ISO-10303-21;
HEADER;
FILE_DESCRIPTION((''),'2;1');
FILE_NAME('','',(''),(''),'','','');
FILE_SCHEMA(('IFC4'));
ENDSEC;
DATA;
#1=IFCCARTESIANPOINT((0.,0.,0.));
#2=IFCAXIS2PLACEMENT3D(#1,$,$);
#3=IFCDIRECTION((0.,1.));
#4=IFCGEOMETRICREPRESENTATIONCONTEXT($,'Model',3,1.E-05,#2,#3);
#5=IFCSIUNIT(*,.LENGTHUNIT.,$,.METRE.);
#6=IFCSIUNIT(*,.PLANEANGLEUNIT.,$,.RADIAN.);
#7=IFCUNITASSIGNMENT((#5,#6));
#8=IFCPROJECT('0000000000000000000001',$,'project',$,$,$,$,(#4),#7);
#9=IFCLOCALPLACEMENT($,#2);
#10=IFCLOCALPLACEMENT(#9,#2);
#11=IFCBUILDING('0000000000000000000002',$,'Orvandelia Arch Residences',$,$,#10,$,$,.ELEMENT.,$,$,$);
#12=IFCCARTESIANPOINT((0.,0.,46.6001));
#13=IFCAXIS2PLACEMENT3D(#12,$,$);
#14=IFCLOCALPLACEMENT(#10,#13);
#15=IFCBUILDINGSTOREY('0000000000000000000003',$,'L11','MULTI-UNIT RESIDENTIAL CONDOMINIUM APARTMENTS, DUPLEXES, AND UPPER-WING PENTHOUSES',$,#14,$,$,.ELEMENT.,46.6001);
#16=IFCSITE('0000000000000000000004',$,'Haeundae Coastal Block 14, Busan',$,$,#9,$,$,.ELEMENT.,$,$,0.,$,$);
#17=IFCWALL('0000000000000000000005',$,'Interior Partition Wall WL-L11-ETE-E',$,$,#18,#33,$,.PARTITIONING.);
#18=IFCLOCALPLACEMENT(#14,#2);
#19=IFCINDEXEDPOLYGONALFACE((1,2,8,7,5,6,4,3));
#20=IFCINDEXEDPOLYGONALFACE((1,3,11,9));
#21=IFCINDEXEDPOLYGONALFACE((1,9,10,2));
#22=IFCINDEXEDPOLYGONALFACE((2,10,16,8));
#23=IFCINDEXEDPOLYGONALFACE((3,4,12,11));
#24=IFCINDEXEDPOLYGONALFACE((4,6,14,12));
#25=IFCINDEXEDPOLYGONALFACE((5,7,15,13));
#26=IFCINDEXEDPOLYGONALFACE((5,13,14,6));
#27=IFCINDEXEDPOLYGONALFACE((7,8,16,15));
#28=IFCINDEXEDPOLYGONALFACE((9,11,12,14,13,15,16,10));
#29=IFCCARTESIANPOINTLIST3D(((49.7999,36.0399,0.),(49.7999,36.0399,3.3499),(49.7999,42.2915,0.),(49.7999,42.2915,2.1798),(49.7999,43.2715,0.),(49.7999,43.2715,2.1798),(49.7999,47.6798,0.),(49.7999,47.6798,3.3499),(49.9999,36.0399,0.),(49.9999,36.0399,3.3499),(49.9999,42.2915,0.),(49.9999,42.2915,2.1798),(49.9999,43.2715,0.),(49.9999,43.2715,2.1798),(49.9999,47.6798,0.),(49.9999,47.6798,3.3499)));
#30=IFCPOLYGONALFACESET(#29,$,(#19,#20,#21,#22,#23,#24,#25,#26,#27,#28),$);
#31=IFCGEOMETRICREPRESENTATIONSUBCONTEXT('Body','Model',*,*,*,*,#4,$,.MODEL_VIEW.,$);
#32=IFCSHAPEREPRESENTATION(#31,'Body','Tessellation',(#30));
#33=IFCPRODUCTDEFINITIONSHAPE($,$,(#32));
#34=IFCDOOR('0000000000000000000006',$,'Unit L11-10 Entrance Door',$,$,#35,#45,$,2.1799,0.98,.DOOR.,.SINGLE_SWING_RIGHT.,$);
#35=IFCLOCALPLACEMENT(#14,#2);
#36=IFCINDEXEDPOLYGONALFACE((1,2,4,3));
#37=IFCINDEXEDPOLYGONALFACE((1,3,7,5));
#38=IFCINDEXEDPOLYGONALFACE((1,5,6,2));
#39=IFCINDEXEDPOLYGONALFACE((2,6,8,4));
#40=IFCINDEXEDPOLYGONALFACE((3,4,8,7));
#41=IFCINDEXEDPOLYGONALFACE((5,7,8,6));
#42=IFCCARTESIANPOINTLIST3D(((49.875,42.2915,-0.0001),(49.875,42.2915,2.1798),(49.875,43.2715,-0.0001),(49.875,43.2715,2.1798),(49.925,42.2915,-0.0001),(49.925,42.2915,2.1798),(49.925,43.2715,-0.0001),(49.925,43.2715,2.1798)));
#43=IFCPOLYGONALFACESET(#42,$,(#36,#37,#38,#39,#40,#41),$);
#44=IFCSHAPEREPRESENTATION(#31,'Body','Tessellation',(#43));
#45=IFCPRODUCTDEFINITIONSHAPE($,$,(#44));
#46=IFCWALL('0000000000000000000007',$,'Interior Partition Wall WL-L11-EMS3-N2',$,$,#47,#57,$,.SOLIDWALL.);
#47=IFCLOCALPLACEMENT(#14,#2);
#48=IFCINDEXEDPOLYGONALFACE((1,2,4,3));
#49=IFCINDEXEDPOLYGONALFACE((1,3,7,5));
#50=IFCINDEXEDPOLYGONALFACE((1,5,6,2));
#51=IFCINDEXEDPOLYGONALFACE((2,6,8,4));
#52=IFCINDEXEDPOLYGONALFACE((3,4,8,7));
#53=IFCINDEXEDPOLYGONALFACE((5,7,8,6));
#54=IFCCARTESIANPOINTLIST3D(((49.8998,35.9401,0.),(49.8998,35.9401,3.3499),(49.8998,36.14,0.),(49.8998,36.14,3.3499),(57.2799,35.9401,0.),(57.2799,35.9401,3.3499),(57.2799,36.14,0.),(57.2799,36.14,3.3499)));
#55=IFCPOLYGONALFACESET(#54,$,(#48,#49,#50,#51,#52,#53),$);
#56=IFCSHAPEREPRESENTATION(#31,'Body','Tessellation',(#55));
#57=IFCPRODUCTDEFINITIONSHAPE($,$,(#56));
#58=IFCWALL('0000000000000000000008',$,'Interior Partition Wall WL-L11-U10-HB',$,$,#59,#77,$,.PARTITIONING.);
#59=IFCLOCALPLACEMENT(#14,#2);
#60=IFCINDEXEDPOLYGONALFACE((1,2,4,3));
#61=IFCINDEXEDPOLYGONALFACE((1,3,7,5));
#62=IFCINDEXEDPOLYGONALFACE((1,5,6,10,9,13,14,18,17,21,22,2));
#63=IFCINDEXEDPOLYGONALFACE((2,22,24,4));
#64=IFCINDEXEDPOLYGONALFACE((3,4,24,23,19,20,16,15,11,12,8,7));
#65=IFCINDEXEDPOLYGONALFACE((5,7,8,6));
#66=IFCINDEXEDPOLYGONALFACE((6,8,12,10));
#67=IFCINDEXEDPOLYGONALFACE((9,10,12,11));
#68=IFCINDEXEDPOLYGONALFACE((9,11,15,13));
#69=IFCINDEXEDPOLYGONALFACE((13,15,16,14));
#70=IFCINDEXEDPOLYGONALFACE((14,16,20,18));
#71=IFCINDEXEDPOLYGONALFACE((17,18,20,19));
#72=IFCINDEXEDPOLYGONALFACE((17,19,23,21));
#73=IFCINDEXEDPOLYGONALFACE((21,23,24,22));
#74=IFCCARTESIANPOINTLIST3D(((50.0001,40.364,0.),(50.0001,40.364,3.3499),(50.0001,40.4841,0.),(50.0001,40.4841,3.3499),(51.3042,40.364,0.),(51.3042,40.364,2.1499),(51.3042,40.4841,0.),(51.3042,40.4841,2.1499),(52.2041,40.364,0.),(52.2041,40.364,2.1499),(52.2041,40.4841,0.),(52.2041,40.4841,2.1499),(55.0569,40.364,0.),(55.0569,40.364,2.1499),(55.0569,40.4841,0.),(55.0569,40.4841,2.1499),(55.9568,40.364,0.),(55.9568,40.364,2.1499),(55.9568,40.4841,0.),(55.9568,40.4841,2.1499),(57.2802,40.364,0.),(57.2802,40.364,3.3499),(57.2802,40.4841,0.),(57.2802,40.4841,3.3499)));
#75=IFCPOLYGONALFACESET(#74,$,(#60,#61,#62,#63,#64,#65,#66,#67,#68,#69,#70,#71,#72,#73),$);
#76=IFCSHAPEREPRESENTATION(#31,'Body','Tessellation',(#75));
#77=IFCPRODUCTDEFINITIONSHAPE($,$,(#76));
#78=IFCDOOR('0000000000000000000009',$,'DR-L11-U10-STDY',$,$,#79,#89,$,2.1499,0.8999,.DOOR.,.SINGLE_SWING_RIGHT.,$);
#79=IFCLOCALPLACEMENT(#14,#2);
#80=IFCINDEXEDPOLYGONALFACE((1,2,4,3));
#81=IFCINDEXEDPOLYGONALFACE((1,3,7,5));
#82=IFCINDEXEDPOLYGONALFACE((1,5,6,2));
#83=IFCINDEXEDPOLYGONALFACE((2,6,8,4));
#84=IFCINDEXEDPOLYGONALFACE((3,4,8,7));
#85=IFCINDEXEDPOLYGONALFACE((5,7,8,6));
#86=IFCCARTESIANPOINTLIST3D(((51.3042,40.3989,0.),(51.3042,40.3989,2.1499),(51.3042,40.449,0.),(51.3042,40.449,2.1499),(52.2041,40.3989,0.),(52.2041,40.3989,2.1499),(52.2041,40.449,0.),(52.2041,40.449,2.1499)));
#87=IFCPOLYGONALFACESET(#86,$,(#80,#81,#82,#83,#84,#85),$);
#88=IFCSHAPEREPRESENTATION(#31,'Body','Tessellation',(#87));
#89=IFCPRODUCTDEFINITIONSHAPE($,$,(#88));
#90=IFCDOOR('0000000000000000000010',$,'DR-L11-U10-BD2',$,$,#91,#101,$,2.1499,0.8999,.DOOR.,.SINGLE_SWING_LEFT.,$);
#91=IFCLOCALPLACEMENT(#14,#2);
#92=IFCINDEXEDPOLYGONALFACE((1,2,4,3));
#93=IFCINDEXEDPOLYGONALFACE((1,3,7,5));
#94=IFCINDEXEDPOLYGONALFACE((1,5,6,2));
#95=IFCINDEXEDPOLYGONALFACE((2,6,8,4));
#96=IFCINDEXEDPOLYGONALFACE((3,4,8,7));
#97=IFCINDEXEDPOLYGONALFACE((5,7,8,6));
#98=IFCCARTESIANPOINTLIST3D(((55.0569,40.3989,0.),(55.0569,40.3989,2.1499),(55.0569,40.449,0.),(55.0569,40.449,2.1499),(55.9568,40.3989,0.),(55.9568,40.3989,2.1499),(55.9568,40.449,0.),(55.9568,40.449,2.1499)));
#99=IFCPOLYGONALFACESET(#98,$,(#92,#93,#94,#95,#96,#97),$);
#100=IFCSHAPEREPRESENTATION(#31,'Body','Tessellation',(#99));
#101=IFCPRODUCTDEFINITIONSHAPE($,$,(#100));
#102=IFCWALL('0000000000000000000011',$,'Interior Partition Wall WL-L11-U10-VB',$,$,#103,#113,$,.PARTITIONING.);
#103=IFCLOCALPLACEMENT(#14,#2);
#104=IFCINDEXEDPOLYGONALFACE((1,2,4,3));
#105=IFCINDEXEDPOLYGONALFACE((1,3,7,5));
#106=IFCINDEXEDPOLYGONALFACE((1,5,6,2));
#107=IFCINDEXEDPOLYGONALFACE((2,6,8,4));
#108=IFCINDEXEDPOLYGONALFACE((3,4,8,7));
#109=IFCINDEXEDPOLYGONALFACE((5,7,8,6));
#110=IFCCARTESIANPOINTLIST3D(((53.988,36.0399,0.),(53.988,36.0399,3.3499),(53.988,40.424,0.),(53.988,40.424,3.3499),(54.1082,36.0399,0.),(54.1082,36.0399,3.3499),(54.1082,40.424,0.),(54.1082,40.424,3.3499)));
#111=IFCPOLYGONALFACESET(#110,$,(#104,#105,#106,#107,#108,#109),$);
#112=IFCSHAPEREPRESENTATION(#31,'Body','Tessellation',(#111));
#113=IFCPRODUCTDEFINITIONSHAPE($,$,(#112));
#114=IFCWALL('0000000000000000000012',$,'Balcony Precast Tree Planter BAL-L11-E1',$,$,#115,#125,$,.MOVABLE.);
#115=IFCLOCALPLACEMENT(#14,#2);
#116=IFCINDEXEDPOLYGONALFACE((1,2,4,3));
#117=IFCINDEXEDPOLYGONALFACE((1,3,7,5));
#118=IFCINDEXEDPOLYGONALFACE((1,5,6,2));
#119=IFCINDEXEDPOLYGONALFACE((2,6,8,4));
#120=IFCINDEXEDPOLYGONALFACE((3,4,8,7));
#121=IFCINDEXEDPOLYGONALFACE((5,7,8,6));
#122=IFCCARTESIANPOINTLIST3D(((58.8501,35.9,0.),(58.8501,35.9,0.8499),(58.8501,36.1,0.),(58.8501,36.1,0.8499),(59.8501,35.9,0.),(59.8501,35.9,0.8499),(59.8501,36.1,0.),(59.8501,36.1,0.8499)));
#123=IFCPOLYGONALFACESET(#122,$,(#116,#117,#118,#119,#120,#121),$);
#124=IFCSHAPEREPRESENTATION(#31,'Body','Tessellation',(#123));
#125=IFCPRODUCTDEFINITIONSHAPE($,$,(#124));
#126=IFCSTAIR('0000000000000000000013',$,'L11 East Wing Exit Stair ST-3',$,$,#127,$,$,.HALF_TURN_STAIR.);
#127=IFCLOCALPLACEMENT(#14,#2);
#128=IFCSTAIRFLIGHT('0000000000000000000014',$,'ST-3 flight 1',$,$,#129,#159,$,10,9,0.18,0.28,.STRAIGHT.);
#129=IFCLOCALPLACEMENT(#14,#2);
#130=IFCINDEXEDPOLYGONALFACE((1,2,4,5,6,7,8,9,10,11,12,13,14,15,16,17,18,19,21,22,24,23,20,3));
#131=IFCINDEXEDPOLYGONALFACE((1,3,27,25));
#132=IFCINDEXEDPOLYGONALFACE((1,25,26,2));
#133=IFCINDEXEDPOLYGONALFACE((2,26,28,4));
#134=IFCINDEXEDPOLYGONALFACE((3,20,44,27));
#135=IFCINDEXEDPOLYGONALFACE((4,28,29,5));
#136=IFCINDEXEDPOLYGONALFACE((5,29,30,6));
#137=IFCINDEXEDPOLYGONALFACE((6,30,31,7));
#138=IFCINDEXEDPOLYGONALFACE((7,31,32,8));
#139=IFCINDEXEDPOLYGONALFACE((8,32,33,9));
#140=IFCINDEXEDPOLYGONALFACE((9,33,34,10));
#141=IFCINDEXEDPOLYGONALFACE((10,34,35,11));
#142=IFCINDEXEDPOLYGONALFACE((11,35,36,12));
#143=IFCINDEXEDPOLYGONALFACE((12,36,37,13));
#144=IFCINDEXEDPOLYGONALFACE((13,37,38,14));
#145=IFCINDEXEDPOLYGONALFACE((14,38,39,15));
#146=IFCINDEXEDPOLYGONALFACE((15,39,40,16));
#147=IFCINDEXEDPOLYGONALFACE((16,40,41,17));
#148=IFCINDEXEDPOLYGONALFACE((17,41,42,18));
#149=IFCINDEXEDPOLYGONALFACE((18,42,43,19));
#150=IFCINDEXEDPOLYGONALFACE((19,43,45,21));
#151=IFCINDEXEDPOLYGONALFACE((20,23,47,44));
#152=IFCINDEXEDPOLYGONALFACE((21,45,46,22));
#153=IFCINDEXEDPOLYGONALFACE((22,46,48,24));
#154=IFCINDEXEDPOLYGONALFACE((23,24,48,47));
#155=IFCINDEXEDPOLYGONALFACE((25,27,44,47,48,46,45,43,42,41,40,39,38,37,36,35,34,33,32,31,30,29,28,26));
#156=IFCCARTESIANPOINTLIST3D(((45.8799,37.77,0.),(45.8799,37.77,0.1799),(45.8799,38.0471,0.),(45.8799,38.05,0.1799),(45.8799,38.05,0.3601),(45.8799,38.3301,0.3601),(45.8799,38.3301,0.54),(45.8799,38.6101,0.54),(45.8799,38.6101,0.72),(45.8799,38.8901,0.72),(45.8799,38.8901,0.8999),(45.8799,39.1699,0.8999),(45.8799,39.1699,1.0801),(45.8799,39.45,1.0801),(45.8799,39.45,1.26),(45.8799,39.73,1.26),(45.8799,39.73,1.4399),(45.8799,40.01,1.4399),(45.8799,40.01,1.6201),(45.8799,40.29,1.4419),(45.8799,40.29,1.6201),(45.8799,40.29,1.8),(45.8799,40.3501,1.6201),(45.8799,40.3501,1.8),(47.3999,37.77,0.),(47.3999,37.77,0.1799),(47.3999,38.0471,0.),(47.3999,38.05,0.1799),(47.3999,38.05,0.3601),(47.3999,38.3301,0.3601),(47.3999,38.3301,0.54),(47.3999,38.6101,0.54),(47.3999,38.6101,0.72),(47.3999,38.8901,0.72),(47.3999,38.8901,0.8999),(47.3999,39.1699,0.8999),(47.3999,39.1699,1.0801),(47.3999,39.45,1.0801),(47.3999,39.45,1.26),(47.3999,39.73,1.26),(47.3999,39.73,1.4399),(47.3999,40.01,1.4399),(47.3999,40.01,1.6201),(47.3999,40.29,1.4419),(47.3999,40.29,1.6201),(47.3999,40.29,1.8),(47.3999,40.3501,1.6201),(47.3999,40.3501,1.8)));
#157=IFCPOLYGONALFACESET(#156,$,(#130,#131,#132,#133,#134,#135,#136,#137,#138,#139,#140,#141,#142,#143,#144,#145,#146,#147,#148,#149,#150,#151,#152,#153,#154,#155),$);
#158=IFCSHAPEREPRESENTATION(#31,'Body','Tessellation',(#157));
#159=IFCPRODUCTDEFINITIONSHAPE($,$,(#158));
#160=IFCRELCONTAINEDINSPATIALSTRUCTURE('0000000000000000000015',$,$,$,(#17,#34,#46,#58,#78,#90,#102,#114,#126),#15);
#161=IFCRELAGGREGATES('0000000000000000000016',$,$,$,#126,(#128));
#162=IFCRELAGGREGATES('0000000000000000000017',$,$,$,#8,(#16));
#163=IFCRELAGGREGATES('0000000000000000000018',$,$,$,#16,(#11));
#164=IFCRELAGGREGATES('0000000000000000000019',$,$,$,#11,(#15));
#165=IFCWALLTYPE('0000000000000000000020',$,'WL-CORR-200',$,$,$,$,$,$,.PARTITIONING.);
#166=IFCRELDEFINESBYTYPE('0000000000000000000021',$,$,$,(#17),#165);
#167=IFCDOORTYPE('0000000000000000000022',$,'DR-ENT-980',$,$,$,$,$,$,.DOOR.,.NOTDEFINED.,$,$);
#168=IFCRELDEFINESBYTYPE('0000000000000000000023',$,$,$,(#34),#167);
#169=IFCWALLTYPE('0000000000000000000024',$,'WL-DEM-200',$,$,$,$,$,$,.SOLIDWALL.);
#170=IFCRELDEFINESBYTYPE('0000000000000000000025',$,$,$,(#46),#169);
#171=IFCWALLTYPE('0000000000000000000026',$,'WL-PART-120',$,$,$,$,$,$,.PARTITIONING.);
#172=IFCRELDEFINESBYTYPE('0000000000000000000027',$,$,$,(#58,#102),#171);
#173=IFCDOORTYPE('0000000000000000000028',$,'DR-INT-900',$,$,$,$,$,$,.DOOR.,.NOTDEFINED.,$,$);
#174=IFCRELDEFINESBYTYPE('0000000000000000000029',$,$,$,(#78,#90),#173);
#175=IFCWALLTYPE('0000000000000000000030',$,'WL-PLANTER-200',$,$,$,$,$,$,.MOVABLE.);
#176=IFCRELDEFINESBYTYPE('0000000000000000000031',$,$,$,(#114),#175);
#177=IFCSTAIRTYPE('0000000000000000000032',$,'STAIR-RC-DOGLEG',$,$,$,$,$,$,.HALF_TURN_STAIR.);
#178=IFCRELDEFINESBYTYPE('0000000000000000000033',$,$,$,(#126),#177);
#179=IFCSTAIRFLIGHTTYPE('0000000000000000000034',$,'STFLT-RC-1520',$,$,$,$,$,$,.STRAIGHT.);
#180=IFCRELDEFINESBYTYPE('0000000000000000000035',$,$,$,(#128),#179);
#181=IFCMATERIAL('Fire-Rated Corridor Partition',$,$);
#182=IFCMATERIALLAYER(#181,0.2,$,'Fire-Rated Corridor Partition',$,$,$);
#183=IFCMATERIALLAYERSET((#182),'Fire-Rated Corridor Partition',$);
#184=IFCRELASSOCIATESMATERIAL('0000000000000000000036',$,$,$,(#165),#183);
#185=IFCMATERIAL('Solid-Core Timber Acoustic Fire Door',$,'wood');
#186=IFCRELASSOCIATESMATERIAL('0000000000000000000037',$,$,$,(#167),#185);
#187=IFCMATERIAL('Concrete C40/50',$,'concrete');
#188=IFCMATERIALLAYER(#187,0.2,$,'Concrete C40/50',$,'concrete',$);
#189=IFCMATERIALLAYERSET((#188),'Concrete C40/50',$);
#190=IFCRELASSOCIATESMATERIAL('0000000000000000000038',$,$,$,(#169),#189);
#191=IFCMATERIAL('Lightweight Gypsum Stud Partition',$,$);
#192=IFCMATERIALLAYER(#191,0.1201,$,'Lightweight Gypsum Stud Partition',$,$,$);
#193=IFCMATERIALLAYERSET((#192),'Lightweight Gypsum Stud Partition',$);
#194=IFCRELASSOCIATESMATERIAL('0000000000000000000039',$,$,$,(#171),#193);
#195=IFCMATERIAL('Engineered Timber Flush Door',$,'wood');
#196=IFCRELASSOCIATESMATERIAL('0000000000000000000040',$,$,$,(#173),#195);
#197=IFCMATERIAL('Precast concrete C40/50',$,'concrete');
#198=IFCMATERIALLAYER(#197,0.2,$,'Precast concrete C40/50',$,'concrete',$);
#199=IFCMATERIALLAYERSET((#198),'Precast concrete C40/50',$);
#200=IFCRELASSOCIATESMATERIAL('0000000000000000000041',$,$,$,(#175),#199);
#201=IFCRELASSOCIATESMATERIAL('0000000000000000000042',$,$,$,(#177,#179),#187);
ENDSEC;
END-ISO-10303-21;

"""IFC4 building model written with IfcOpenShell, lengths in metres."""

from ifc_helpers import new_model, si_unit, direction, frame, frame_2d, origin, place, context, subcontext, project, spatial, polyline, rectangle, outline, extrude, material, layer, layer_set, type_object, element, fill, aggregate, save


model = new_model("IFC4")

# Units and contexts
model_context = context("Model", 3, precision=1e-05, world=origin(), true_north=direction((0.0, 1.0)))
body_context = subcontext(model_context, "Body", "Model", "MODEL_VIEW")
ifc_project = project(units=[si_unit("LENGTHUNIT", "METRE"), si_unit("PLANEANGLEUNIT", "RADIAN")], contexts=[model_context])

# Site, building, storey
site_placement = place(None, origin())
site = spatial("IfcSite", under=ifc_project, at=site_placement, Name="Haeundae Coastal Block 14, Busan", CompositionType="ELEMENT", RefElevation=0.0)
building_placement = place(site_placement, origin())
building = spatial("IfcBuilding", under=site, at=building_placement, Name="Orvandelia Arch Residences", CompositionType="ELEMENT")
storey_placement = place(building_placement, frame((0.0, 0.0, 46.6001)))
storey = spatial("IfcBuildingStorey", under=building, at=storey_placement, Name="L11", Description="MULTI-UNIT RESIDENTIAL CONDOMINIUM APARTMENTS, DUPLEXES, AND UPPER-WING PENTHOUSES", CompositionType="ELEMENT", Elevation=46.6001)

# Wall, opening, door
ifc_material_1 = material(Name="Fire-Rated Corridor Partition")
ifc_layer_1 = layer(ifc_material_1, 0.2, Name="Fire-Rated Corridor Partition")
ifc_layer_set_1 = layer_set([ifc_layer_1], Name="Fire-Rated Corridor Partition")
wall_type_1 = type_object("IfcWallType", Name="WL-CORR-200", PredefinedType="PARTITIONING", material=ifc_layer_set_1)
wall_1_placement = place(storey_placement, frame((49.8999, 36.04, 0.0), z_axis=(0.0, 0.0, 1.0), x_axis=(0.0, 1.0, 0.0)))
wall_1 = element("IfcWall", 1, at=wall_1_placement, inside=storey, type_object=wall_type_1, Name="Interior Partition Wall WL-L11-ETE-E", PredefinedType="PARTITIONING", context=body_context, shape_type="SweptSolid", body=[
    extrude(rectangle(XDim=11.6399, YDim=0.2, at=frame_2d((5.8198, 0.0))), origin(), (0.0, 0.0, 1.0), 3.3499),
])
opening_1_placement = place(wall_1_placement, frame((6.2515, 0.0, 0.0)))
opening_1 = element("IfcOpeningElement", 2, at=opening_1_placement, cuts=wall_1, PredefinedType="OPENING", context=body_context, shape_type="SweptSolid", body=[
    extrude(rectangle(XDim=0.98, YDim=2.1799, at=frame_2d((0.49, 1.0898))), frame((0.0, 0.1099, 0.0), z_axis=(0.0, -1.0, 0.0), x_axis=(1.0, 0.0, 0.0)), (0.0, 0.0, 1.0), 0.22),
])
ifc_material_2 = material(Name="Solid-Core Timber Acoustic Fire Door", Category="wood")
door_type_1 = type_object("IfcDoorType", Name="DR-ENT-980", OperationType="NOTDEFINED", PredefinedType="DOOR", material=ifc_material_2)
door_1_placement = place(opening_1_placement, origin())
door_1 = element("IfcDoor", 3, at=door_1_placement, inside=storey, type_object=door_type_1, Name="Unit L11-10 Entrance Door", OperationType="SINGLE_SWING_RIGHT", OverallHeight=2.1799, OverallWidth=0.98, PredefinedType="DOOR", context=body_context, shape_type="SweptSolid", body=[
    extrude(rectangle(XDim=0.98, YDim=2.1799, at=frame_2d((0.49, 1.0898))), frame((0.0, 0.0249, 0.0), z_axis=(0.0, -1.0, 0.0), x_axis=(1.0, 0.0, 0.0)), (0.0, 0.0, 1.0), 0.05),
])
fill(opening_1, door_1)

# Wall
ifc_material_3 = material(Name="Concrete C40/50", Category="concrete")
ifc_layer_2 = layer(ifc_material_3, 0.2, Name="Concrete C40/50", Category="concrete")
ifc_layer_set_2 = layer_set([ifc_layer_2], Name="Concrete C40/50")
wall_type_2 = type_object("IfcWallType", Name="WL-DEM-200", PredefinedType="SOLIDWALL", material=ifc_layer_set_2)
wall_2_placement = place(storey_placement, frame((49.8999, 36.04, 0.0), z_axis=(0.0, 0.0, 1.0), x_axis=(1.0, 0.0, 0.0)))
element("IfcWall", 4, at=wall_2_placement, inside=storey, type_object=wall_type_2, Name="Interior Partition Wall WL-L11-EMS3-N2", PredefinedType="SOLIDWALL", context=body_context, shape_type="SweptSolid", body=[
    extrude(rectangle(XDim=7.3801, YDim=0.2, at=frame_2d((3.6899, 0.0))), origin(), (0.0, 0.0, 1.0), 3.3499),
])

# Wall, openings, doors
ifc_material_4 = material(Name="Lightweight Gypsum Stud Partition")
ifc_layer_3 = layer(ifc_material_4, 0.1201, Name="Lightweight Gypsum Stud Partition")
ifc_layer_set_3 = layer_set([ifc_layer_3], Name="Lightweight Gypsum Stud Partition")
wall_type_3 = type_object("IfcWallType", Name="WL-PART-120", PredefinedType="PARTITIONING", material=ifc_layer_set_3)
wall_3_placement = place(storey_placement, frame((50.0, 40.4241, 0.0), z_axis=(0.0, 0.0, 1.0), x_axis=(1.0, 0.0, 0.0)))
wall_3 = element("IfcWall", 5, at=wall_3_placement, inside=storey, type_object=wall_type_3, Name="Interior Partition Wall WL-L11-U10-HB", PredefinedType="PARTITIONING", context=body_context, shape_type="SweptSolid", body=[
    extrude(rectangle(XDim=7.28, YDim=0.1201, at=frame_2d((3.6401, 0.0))), origin(), (0.0, 0.0, 1.0), 3.3499),
])
opening_2_placement = place(wall_3_placement, frame((1.3042, 0.0, 0.0)))
opening_2 = element("IfcOpeningElement", 6, at=opening_2_placement, cuts=wall_3, PredefinedType="OPENING", context=body_context, shape_type="SweptSolid", body=[
    extrude(rectangle(XDim=0.8999, YDim=2.1499, at=frame_2d((0.45, 1.075))), frame((0.0, 0.0701, 0.0), z_axis=(0.0, -1.0, 0.0), x_axis=(1.0, 0.0, 0.0)), (0.0, 0.0, 1.0), 0.1401),
])
opening_3_placement = place(wall_3_placement, frame((5.0569, 0.0, 0.0)))
opening_3 = element("IfcOpeningElement", 7, at=opening_3_placement, cuts=wall_3, PredefinedType="OPENING", context=body_context, shape_type="SweptSolid", body=[
    extrude(rectangle(XDim=0.8999, YDim=2.1499, at=frame_2d((0.45, 1.075))), frame((0.0, 0.0701, 0.0), z_axis=(0.0, -1.0, 0.0), x_axis=(1.0, 0.0, 0.0)), (0.0, 0.0, 1.0), 0.1401),
])
ifc_material_5 = material(Name="Engineered Timber Flush Door", Category="wood")
door_type_2 = type_object("IfcDoorType", Name="DR-INT-900", OperationType="NOTDEFINED", PredefinedType="DOOR", material=ifc_material_5)
door_2_placement = place(opening_2_placement, origin())
door_2 = element("IfcDoor", 8, at=door_2_placement, inside=storey, type_object=door_type_2, Name="DR-L11-U10-STDY", OperationType="SINGLE_SWING_RIGHT", OverallHeight=2.1499, OverallWidth=0.8999, PredefinedType="DOOR", context=body_context, shape_type="SweptSolid", body=[
    extrude(rectangle(XDim=0.8999, YDim=2.1499, at=frame_2d((0.45, 1.075))), frame((0.0, 0.0249, 0.0), z_axis=(0.0, -1.0, 0.0), x_axis=(1.0, 0.0, 0.0)), (0.0, 0.0, 1.0), 0.05),
])
fill(opening_2, door_2)
door_3_placement = place(opening_3_placement, origin())
door_3 = element("IfcDoor", 9, at=door_3_placement, inside=storey, type_object=door_type_2, Name="DR-L11-U10-BD2", OperationType="SINGLE_SWING_LEFT", OverallHeight=2.1499, OverallWidth=0.8999, PredefinedType="DOOR", context=body_context, shape_type="SweptSolid", body=[
    extrude(rectangle(XDim=0.8999, YDim=2.1499, at=frame_2d((0.45, 1.075))), frame((0.0, 0.0249, 0.0), z_axis=(0.0, -1.0, 0.0), x_axis=(1.0, 0.0, 0.0)), (0.0, 0.0, 1.0), 0.05),
])
fill(opening_3, door_3)

# Walls
wall_4_placement = place(storey_placement, frame((54.0481, 36.04, 0.0), z_axis=(0.0, 0.0, 1.0), x_axis=(0.0, 1.0, 0.0)))
element("IfcWall", 10, at=wall_4_placement, inside=storey, type_object=wall_type_3, Name="Interior Partition Wall WL-L11-U10-VB", PredefinedType="PARTITIONING", context=body_context, shape_type="SweptSolid", body=[
    extrude(rectangle(XDim=4.384, YDim=0.1201, at=frame_2d((2.1919, 0.0))), origin(), (0.0, 0.0, 1.0), 3.3499),
])
ifc_material_6 = material(Name="Precast concrete C40/50", Category="concrete")
ifc_layer_4 = layer(ifc_material_6, 0.2, Name="Precast concrete C40/50", Category="concrete")
ifc_layer_set_4 = layer_set([ifc_layer_4], Name="Precast concrete C40/50")
wall_type_4 = type_object("IfcWallType", Name="WL-PLANTER-200", PredefinedType="MOVABLE", material=ifc_layer_set_4)
wall_5_placement = place(storey_placement, frame((58.8501, 36.0, 0.0), z_axis=(0.0, 0.0, 1.0), x_axis=(1.0, 0.0, 0.0)))
element("IfcWall", 11, at=wall_5_placement, inside=storey, type_object=wall_type_4, Name="Balcony Precast Tree Planter BAL-L11-E1", PredefinedType="MOVABLE", context=body_context, shape_type="SweptSolid", body=[
    extrude(rectangle(XDim=1.0, YDim=0.2, at=frame_2d((0.5, 0.0))), origin(), (0.0, 0.0, 1.0), 0.8499),
])

# Stair, stair flight
stair_type = type_object("IfcStairType", Name="STAIR-RC-DOGLEG", PredefinedType="HALF_TURN_STAIR", material=ifc_material_3)
stair_placement = place(storey_placement, origin())
stair = element("IfcStair", 12, at=stair_placement, inside=storey, type_object=stair_type, Name="L11 East Wing Exit Stair ST-3", PredefinedType="HALF_TURN_STAIR")
stair_flight_type = type_object("IfcStairFlightType", Name="STFLT-RC-1520", PredefinedType="STRAIGHT", material=ifc_material_3)
stair_flight_placement = place(storey_placement, frame((46.6399, 37.77, 0.0), z_axis=(0.0, 0.0, 1.0), x_axis=(0.0, 1.0, 0.0)))
stair_flight = element("IfcStairFlight", 13, at=stair_flight_placement, type_object=stair_flight_type, Name="ST-3 flight 1", NumberOfRisers=10, NumberOfTreads=9, PredefinedType="STRAIGHT", RiserHeight=0.18, TreadLength=0.28, context=body_context, shape_type="SweptSolid", body=[
    extrude(outline(polyline([(0.0, 0.0), (0.0, 0.1799), (0.28, 0.1799), (0.28, 0.3601), (0.5601, 0.3601), (0.5601, 0.54), (0.8401, 0.54), (0.8401, 0.72), (1.1201, 0.72), (1.1201, 0.8999), (1.3999, 0.8999), (1.3999, 1.0801), (1.6799, 1.0801), (1.6799, 1.26), (1.96, 1.26), (1.96, 1.4399), (2.24, 1.4399), (2.24, 1.6201), (2.52, 1.6201), (2.52, 1.8), (2.5801, 1.8), (2.5801, 1.6201), (2.52, 1.4419), (0.2771, 0.0), (0.0, 0.0)])), frame((0.0, 0.76, 0.0), z_axis=(0.0, -1.0, 0.0), x_axis=(1.0, 0.0, 0.0)), (0.0, 0.0, 1.0), 1.52),
])
aggregate(stair, [stair_flight])

save(model, "model.ifc")
